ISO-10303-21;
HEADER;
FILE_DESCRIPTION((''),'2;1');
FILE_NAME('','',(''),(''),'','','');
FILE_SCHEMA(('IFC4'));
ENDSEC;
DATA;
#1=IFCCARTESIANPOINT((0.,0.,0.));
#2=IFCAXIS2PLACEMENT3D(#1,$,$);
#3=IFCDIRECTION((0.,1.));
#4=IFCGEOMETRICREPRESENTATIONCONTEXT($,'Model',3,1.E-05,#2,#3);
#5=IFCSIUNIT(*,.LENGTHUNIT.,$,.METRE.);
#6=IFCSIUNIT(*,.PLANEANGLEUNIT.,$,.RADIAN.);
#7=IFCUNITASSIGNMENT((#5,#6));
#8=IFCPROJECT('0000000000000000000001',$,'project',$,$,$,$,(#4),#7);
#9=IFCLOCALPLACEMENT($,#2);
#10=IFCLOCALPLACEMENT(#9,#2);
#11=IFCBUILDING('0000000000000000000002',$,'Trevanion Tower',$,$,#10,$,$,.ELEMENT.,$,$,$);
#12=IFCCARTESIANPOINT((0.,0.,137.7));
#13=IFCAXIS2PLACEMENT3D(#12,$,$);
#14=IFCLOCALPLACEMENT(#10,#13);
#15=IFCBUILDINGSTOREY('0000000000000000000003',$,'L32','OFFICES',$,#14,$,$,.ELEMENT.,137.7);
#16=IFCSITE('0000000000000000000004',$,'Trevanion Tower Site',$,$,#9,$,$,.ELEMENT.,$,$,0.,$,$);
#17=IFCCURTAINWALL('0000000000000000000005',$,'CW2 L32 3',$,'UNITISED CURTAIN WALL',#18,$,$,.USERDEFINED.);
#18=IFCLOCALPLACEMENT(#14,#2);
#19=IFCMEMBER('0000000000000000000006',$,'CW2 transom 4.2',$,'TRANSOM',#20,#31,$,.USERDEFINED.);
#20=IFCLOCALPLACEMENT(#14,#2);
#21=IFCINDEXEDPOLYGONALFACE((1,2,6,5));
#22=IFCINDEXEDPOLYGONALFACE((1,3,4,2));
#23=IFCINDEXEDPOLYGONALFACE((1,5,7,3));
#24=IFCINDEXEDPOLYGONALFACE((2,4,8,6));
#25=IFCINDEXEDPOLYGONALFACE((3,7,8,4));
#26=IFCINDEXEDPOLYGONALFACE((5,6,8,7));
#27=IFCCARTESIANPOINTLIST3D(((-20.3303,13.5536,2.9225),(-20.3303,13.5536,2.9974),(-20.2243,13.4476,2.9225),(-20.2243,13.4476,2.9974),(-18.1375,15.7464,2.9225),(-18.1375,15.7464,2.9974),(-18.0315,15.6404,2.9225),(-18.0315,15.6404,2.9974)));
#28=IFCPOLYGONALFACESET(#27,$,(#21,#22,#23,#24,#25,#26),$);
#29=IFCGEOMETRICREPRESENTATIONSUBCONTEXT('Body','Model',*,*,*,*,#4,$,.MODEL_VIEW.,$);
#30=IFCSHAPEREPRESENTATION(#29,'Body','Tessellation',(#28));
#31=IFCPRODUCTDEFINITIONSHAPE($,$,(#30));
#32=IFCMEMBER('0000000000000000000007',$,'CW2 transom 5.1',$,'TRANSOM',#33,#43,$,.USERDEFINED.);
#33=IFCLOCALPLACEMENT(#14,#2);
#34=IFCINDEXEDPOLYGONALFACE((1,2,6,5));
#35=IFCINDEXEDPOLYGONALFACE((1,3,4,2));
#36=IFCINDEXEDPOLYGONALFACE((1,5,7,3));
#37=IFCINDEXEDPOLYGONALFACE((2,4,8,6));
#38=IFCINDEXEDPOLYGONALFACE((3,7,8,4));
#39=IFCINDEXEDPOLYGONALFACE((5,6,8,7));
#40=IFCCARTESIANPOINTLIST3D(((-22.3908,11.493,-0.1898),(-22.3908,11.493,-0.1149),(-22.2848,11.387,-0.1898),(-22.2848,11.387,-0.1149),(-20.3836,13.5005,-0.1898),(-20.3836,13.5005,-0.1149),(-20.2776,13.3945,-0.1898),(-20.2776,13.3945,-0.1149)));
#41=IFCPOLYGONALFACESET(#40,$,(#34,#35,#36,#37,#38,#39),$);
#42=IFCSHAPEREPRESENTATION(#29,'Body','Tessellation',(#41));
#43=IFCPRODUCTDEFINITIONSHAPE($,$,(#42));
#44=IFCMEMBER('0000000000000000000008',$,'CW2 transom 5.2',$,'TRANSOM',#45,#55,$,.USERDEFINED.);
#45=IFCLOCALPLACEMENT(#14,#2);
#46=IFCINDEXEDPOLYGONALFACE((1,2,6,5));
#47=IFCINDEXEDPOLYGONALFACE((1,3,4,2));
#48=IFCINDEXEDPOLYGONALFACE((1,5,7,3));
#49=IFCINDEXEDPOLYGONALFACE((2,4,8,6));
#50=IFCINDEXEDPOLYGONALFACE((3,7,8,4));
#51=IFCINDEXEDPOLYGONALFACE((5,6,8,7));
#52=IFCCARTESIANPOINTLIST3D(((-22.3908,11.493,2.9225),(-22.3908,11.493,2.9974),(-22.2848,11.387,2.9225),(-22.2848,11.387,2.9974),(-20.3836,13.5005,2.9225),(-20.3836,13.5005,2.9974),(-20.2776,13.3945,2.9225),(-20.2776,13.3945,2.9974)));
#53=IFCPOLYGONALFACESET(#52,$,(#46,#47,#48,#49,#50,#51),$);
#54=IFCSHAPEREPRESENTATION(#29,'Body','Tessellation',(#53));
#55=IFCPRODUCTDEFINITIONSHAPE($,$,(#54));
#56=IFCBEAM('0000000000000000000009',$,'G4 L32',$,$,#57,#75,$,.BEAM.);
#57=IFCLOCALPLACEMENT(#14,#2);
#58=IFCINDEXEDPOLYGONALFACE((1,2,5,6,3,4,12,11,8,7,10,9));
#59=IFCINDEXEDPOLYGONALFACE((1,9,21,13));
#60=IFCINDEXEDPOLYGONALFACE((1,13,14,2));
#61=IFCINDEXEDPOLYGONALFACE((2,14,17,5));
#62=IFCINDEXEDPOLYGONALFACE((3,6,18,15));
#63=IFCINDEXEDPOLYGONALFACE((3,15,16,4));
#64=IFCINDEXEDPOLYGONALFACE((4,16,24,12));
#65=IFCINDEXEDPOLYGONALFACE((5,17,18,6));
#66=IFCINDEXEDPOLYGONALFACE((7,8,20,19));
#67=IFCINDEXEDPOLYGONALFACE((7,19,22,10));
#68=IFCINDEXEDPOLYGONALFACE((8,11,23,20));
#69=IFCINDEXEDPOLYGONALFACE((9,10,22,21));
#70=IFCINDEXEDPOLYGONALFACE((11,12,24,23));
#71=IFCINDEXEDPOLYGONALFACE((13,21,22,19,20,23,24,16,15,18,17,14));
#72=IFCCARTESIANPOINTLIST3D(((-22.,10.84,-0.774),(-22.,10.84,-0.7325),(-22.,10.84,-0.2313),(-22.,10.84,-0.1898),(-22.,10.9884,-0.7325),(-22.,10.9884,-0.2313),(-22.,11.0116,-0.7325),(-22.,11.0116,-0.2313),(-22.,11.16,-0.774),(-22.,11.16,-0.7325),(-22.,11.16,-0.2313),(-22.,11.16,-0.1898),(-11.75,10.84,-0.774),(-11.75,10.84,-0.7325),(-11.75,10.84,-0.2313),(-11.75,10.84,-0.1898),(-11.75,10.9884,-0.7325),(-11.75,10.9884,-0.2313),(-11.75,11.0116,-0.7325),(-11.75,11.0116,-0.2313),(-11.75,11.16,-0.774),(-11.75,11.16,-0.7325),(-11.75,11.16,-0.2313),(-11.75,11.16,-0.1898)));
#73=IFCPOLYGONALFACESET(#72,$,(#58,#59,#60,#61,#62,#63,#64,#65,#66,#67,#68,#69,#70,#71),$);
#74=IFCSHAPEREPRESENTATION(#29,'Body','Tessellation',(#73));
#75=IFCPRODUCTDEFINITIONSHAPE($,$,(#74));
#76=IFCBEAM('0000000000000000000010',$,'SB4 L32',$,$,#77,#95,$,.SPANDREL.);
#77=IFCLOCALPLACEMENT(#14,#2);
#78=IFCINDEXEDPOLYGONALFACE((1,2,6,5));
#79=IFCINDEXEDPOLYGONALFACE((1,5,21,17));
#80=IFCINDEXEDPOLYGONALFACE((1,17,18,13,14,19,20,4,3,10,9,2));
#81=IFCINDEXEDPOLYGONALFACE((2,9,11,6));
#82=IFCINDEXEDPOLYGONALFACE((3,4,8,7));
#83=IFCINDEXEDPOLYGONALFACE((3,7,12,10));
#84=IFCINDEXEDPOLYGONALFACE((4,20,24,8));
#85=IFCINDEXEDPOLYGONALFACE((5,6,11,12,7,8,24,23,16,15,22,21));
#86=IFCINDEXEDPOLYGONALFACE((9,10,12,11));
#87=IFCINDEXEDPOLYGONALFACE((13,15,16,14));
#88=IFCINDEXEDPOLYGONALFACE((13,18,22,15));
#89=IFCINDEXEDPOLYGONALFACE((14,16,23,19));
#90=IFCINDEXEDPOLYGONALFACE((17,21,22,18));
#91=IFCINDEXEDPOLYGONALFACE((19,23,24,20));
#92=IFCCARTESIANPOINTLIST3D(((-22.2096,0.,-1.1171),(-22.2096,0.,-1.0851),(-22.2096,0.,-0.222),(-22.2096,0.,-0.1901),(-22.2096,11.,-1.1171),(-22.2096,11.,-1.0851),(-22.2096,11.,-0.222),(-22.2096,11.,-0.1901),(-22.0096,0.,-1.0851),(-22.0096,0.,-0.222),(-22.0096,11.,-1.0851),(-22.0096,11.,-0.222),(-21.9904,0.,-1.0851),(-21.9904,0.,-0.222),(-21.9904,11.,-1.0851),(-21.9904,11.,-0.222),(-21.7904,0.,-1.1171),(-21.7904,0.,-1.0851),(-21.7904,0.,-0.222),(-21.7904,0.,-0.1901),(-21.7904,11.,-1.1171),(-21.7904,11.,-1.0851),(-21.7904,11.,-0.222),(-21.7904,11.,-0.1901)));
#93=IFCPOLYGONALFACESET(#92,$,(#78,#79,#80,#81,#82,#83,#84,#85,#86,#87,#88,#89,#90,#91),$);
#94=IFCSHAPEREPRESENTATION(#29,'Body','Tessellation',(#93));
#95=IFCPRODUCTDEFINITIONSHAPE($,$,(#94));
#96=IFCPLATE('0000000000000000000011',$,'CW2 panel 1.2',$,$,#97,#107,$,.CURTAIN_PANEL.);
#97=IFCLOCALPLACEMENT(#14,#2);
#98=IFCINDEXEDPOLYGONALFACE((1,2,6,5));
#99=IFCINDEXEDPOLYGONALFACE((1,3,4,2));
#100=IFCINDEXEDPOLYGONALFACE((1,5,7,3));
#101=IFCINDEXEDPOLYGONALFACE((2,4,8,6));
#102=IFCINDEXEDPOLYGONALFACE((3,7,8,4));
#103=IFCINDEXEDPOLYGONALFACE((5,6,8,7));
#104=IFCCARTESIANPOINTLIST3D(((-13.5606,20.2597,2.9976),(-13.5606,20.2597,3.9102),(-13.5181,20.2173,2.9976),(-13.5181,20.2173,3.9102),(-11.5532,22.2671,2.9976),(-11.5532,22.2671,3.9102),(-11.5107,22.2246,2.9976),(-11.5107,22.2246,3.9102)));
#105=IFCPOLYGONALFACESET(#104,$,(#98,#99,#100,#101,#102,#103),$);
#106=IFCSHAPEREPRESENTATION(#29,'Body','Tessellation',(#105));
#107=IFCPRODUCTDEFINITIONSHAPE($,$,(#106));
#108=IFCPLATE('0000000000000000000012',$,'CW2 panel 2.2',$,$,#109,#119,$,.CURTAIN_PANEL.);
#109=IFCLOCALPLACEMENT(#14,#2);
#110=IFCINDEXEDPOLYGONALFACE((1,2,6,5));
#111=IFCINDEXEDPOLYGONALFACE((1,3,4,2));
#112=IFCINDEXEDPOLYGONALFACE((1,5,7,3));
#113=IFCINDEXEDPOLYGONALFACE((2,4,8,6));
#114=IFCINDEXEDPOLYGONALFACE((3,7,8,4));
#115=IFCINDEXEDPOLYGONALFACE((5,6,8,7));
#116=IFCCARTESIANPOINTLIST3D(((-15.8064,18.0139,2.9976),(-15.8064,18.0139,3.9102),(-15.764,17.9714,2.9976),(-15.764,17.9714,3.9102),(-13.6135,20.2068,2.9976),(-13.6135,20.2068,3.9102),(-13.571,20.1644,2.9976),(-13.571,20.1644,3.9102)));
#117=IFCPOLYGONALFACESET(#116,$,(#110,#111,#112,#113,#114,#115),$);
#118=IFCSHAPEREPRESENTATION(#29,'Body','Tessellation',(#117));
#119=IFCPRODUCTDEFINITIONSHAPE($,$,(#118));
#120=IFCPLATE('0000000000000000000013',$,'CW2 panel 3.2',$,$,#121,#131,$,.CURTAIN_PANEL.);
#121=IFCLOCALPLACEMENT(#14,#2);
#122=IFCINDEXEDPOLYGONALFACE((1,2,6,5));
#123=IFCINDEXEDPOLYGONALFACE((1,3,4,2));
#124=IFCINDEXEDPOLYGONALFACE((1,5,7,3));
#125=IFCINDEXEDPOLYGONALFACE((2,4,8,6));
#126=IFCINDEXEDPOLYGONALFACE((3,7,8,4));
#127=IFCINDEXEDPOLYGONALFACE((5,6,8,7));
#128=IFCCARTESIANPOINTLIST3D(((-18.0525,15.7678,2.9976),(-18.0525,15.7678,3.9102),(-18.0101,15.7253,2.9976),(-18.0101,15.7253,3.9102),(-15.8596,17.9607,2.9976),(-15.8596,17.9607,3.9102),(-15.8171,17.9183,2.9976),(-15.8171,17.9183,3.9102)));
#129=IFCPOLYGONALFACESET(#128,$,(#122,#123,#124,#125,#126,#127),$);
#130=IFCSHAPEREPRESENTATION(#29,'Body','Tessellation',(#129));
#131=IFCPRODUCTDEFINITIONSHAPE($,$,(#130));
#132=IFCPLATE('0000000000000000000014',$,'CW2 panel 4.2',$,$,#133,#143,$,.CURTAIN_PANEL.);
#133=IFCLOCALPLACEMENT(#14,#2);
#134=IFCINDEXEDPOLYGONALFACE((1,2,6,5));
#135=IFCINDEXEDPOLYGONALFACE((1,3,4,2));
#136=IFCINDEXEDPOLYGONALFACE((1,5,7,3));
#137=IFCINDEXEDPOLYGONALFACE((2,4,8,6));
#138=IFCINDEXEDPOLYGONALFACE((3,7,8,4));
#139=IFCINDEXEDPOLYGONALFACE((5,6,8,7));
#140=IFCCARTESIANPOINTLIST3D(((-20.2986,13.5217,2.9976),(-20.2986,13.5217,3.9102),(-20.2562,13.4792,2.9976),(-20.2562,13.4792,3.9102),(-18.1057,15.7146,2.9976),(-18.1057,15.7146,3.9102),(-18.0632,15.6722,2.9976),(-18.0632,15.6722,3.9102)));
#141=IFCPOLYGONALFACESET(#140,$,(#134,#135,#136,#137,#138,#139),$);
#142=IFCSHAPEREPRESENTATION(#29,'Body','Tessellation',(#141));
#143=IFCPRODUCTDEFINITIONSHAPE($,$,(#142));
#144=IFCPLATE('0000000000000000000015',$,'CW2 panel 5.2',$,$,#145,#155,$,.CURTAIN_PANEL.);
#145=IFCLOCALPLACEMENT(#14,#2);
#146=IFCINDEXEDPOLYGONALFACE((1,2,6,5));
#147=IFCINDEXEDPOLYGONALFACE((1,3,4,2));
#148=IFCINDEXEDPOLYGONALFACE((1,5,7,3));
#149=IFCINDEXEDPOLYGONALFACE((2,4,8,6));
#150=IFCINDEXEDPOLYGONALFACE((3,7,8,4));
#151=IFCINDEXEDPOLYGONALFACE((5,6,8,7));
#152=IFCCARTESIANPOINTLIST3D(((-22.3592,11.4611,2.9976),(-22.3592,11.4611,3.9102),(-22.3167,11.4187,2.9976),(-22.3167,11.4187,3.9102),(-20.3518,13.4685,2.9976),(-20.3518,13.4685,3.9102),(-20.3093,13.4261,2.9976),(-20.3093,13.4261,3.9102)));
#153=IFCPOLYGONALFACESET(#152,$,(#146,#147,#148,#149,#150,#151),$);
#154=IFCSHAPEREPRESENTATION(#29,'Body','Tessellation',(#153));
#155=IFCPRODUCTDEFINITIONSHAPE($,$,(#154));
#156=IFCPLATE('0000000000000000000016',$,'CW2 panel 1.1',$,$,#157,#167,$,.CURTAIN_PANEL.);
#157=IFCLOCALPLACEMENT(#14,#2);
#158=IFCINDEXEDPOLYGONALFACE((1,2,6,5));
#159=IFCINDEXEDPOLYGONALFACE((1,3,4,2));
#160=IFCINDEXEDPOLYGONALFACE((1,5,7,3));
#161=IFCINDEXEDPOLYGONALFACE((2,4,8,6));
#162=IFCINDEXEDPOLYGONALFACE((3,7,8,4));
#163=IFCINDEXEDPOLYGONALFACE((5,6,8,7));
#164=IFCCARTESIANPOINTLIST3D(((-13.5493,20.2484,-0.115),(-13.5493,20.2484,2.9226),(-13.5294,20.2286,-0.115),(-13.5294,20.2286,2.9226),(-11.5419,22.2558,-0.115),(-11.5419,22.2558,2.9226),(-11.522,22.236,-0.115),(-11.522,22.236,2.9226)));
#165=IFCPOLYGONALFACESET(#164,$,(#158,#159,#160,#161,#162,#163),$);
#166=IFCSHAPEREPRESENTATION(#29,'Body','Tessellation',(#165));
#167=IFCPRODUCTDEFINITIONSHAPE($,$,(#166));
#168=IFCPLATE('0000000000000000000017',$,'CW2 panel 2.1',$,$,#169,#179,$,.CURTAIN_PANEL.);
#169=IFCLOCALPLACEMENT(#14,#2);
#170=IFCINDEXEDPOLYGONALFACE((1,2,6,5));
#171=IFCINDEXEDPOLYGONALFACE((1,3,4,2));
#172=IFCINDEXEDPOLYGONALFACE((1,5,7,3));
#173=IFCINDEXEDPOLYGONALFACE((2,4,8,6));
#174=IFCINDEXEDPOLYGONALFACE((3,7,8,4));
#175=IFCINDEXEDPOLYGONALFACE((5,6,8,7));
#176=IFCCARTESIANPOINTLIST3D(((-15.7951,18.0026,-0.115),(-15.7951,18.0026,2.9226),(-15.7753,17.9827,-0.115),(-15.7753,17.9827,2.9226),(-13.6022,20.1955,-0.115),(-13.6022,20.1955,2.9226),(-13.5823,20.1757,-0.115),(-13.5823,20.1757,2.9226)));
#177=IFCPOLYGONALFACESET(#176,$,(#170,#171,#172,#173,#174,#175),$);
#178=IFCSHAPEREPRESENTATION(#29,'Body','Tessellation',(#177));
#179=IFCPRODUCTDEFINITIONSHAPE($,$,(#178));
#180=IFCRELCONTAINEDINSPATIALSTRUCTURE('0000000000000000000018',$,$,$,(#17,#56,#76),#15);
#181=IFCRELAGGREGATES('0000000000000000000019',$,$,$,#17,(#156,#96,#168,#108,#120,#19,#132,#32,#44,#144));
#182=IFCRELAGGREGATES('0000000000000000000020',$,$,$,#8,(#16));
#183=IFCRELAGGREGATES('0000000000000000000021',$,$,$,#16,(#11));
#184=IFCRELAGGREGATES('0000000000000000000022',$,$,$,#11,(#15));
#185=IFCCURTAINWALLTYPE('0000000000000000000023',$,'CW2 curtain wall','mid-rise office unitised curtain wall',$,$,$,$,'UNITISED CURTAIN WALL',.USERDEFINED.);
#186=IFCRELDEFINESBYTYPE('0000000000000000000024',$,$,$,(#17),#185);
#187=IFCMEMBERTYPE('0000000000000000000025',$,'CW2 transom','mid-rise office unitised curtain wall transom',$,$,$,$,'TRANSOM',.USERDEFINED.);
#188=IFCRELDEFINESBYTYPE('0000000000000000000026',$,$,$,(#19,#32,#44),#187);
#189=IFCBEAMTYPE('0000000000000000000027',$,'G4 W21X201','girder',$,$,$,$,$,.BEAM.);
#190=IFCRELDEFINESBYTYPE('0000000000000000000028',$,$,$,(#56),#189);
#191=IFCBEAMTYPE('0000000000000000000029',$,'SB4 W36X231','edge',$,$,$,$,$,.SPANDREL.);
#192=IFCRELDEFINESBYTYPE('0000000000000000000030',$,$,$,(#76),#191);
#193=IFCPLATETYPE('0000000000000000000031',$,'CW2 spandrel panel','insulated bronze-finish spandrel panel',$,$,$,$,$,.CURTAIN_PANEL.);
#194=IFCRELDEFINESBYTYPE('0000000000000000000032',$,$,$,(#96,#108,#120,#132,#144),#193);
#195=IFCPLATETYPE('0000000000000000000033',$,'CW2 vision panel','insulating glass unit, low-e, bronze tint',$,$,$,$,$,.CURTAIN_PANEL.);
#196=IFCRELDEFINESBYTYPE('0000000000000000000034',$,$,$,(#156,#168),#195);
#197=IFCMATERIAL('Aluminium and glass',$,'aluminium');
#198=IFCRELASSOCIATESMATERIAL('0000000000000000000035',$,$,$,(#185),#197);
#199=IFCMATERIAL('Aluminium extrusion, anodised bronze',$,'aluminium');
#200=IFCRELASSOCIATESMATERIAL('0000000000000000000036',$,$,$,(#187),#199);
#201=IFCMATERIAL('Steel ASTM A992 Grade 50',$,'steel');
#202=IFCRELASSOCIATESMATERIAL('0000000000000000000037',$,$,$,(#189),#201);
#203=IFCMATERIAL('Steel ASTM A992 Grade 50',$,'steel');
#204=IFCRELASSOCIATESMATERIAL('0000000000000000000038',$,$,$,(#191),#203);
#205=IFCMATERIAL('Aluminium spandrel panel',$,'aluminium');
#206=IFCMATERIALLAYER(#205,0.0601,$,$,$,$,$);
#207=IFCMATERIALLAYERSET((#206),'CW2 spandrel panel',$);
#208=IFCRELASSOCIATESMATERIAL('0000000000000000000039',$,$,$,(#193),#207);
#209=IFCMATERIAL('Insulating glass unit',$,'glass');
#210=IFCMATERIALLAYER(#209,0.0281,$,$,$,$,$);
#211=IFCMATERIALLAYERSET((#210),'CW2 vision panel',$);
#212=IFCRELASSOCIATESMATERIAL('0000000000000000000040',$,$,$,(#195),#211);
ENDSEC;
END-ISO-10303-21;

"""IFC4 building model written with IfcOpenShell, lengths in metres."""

from ifc_helpers import new_model, si_unit, direction, frame, origin, origin_2d, place, context, subcontext, project, spatial, rectangle, i_section, extrude, material, layer, layer_set, material_profile, profile_set, type_object, element, aggregate, save


model = new_model("IFC4")

# Units and contexts
model_context = context("Model", 3, precision=1e-05, world=origin(), true_north=direction((0.0, 1.0)))
body_context = subcontext(model_context, "Body", "Model", "MODEL_VIEW")
ifc_project = project(units=[si_unit("LENGTHUNIT", "METRE"), si_unit("PLANEANGLEUNIT", "RADIAN")], contexts=[model_context])

# Site, building, storey
site_placement = place(None, origin())
site = spatial("IfcSite", under=ifc_project, at=site_placement, Name="Trevanion Tower Site", CompositionType="ELEMENT", RefElevation=0.0)
building_placement = place(site_placement, origin())
building = spatial("IfcBuilding", under=site, at=building_placement, Name="Trevanion Tower", CompositionType="ELEMENT")
storey_placement = place(building_placement, frame((0.0, 0.0, 137.7)))
storey = spatial("IfcBuildingStorey", under=building, at=storey_placement, Name="L32", Description="OFFICES", CompositionType="ELEMENT", Elevation=137.7)

# Curtain wall, members
ifc_material_1 = material(Name="Aluminium and glass", Category="aluminium")
curtain_wall_type = type_object("IfcCurtainWallType", Name="CW2 curtain wall", Description="mid-rise office unitised curtain wall", ElementType="UNITISED CURTAIN WALL", PredefinedType="USERDEFINED", material=ifc_material_1)
curtain_wall_placement = place(storey_placement, origin())
curtain_wall = element("IfcCurtainWall", 1, at=curtain_wall_placement, inside=storey, type_object=curtain_wall_type, Name="CW2 L32 3", ObjectType="UNITISED CURTAIN WALL", PredefinedType="USERDEFINED")
ifc_material_2 = material(Name="Aluminium extrusion, anodised bronze", Category="aluminium")
ifc_material_profile_1 = material_profile(ifc_material_2, rectangle(XDim=0.1499, YDim=0.075, at=origin_2d()), Name="CW2 transom")
ifc_profile_set_1 = profile_set([ifc_material_profile_1], Name="Aluminium extrusion, anodised bronze")
member_type_1 = type_object("IfcMemberType", Name="CW2 transom", Description="mid-rise office unitised curtain wall transom", ElementType="TRANSOM", PredefinedType="USERDEFINED", material=ifc_profile_set_1)
member_1_placement = place(storey_placement, frame((-18.0845, 15.6934, 2.96), z_axis=(-0.707107, -0.707107, 0.0), x_axis=(0.707107, -0.707107, 0.0)))
member_1 = element("IfcMember", 2, at=member_1_placement, type_object=member_type_1, Name="CW2 transom 4.2", ObjectType="TRANSOM", PredefinedType="USERDEFINED", context=body_context, shape_type="SweptSolid", body=[
    extrude(rectangle(XDim=0.1499, YDim=0.075, at=origin_2d()), origin(), (0.0, 0.0, 1.0), 3.1011),
])
member_2_placement = place(storey_placement, frame((-20.3306, 13.4475, -0.1523), z_axis=(-0.707064, -0.70715, 0.0), x_axis=(0.70715, -0.707064, 0.0)))
member_2 = element("IfcMember", 3, at=member_2_placement, type_object=member_type_1, Name="CW2 transom 5.1", ObjectType="TRANSOM", PredefinedType="USERDEFINED", context=body_context, shape_type="SweptSolid", body=[
    extrude(rectangle(XDim=0.1499, YDim=0.075, at=origin_2d()), origin(), (0.0, 0.0, 1.0), 2.8389),
])
member_3_placement = place(storey_placement, frame((-20.3306, 13.4475, 2.96), z_axis=(-0.707064, -0.70715, 0.0), x_axis=(0.70715, -0.707064, 0.0)))
member_3 = element("IfcMember", 4, at=member_3_placement, type_object=member_type_1, Name="CW2 transom 5.2", ObjectType="TRANSOM", PredefinedType="USERDEFINED", context=body_context, shape_type="SweptSolid", body=[
    extrude(rectangle(XDim=0.1499, YDim=0.075, at=origin_2d()), origin(), (0.0, 0.0, 1.0), 2.8389),
])

# Beams
ifc_material_3 = material(Name="Steel ASTM A992 Grade 50", Category="steel")
ifc_material_profile_2 = material_profile(ifc_material_3, i_section(OverallWidth=0.3201, OverallDepth=0.5842, WebThickness=0.0232, FlangeThickness=0.0415, at=origin_2d()), Name="W21X201")
ifc_profile_set_2 = profile_set([ifc_material_profile_2], Name="Steel ASTM A992 Grade 50")
beam_type_1 = type_object("IfcBeamType", Name="G4 W21X201", Description="girder", PredefinedType="BEAM", material=ifc_profile_set_2)
beam_1_placement = place(storey_placement, frame((-11.75, 11.0, -0.4819), z_axis=(-1.0, 0.0, 0.0), x_axis=(0.0, -1.0, 0.0)))
element("IfcBeam", 5, at=beam_1_placement, inside=storey, type_object=beam_type_1, Name="G4 L32", PredefinedType="BEAM", context=body_context, shape_type="SweptSolid", body=[
    extrude(i_section(OverallWidth=0.3201, OverallDepth=0.5842, WebThickness=0.0232, FlangeThickness=0.0415, at=origin_2d()), origin(), (0.0, 0.0, 1.0), 10.25),
])
ifc_material_4 = material(Name="Steel ASTM A992 Grade 50", Category="steel")
ifc_material_profile_3 = material_profile(ifc_material_4, i_section(OverallWidth=0.4192, OverallDepth=0.927, WebThickness=0.0193, FlangeThickness=0.032, at=origin_2d()), Name="W36X231")
ifc_profile_set_3 = profile_set([ifc_material_profile_3], Name="Steel ASTM A992 Grade 50")
beam_type_2 = type_object("IfcBeamType", Name="SB4 W36X231", Description="edge", PredefinedType="SPANDREL", material=ifc_profile_set_3)
beam_2_placement = place(storey_placement, frame((-22.0, 11.0, -0.6536), z_axis=(0.0, -1.0, 0.0), x_axis=(1.0, 0.0, 0.0)))
element("IfcBeam", 6, at=beam_2_placement, inside=storey, type_object=beam_type_2, Name="SB4 L32", PredefinedType="SPANDREL", context=body_context, shape_type="SweptSolid", body=[
    extrude(i_section(OverallWidth=0.4192, OverallDepth=0.927, WebThickness=0.0193, FlangeThickness=0.032, at=origin_2d()), origin(), (0.0, 0.0, 1.0), 11.0),
])

# Plates
ifc_material_5 = material(Name="Aluminium spandrel panel", Category="aluminium")
ifc_layer_1 = layer(ifc_material_5, 0.0601)
ifc_layer_set_1 = layer_set([ifc_layer_1], Name="CW2 spandrel panel")
plate_type_1 = type_object("IfcPlateType", Name="CW2 spandrel panel", Description="insulated bronze-finish spandrel panel", PredefinedType="CURTAIN_PANEL", material=ifc_layer_set_1)
plate_1_placement = place(storey_placement, frame((-12.5356, 21.2422, 2.9976), z_axis=(0.0, 0.0, 1.0), x_axis=(-0.707107, -0.707107, 0.0)))
plate_1 = element("IfcPlate", 7, at=plate_1_placement, type_object=plate_type_1, Name="CW2 panel 1.2", PredefinedType="CURTAIN_PANEL", context=body_context, shape_type="SweptSolid", body=[
    extrude(rectangle(XDim=2.8389, YDim=0.0601, at=origin_2d()), origin(), (0.0, 0.0, 1.0), 0.9126),
])
plate_2_placement = place(storey_placement, frame((-14.6887, 19.0891, 2.9976), z_axis=(0.0, 0.0, 1.0), x_axis=(-0.707107, -0.707107, 0.0)))
plate_2 = element("IfcPlate", 8, at=plate_2_placement, type_object=plate_type_1, Name="CW2 panel 2.2", PredefinedType="CURTAIN_PANEL", context=body_context, shape_type="SweptSolid", body=[
    extrude(rectangle(XDim=3.1013, YDim=0.0601, at=origin_2d()), origin(), (0.0, 0.0, 1.0), 0.9126),
])
plate_3_placement = place(storey_placement, frame((-16.9348, 16.843, 2.9976), z_axis=(0.0, 0.0, 1.0), x_axis=(-0.707107, -0.707107, 0.0)))
plate_3 = element("IfcPlate", 9, at=plate_3_placement, type_object=plate_type_1, Name="CW2 panel 3.2", PredefinedType="CURTAIN_PANEL", context=body_context, shape_type="SweptSolid", body=[
    extrude(rectangle(XDim=3.1013, YDim=0.0601, at=origin_2d()), origin(), (0.0, 0.0, 1.0), 0.9126),
])
plate_4_placement = place(storey_placement, frame((-19.1809, 14.5969, 2.9976), z_axis=(0.0, 0.0, 1.0), x_axis=(-0.707107, -0.707107, 0.0)))
plate_4 = element("IfcPlate", 10, at=plate_4_placement, type_object=plate_type_1, Name="CW2 panel 4.2", PredefinedType="CURTAIN_PANEL", context=body_context, shape_type="SweptSolid", body=[
    extrude(rectangle(XDim=3.1013, YDim=0.0601, at=origin_2d()), origin(), (0.0, 0.0, 1.0), 0.9126),
])
plate_5_placement = place(storey_placement, frame((-21.3342, 12.4436, 2.9976), z_axis=(0.0, 0.0, 1.0), x_axis=(-0.707107, -0.707107, 0.0)))
plate_5 = element("IfcPlate", 11, at=plate_5_placement, type_object=plate_type_1, Name="CW2 panel 5.2", PredefinedType="CURTAIN_PANEL", context=body_context, shape_type="SweptSolid", body=[
    extrude(rectangle(XDim=2.8389, YDim=0.0601, at=origin_2d()), origin(), (0.0, 0.0, 1.0), 0.9126),
])
ifc_material_6 = material(Name="Insulating glass unit", Category="glass")
ifc_layer_2 = layer(ifc_material_6, 0.0281)
ifc_layer_set_2 = layer_set([ifc_layer_2], Name="CW2 vision panel")
plate_type_2 = type_object("IfcPlateType", Name="CW2 vision panel", Description="insulating glass unit, low-e, bronze tint", PredefinedType="CURTAIN_PANEL", material=ifc_layer_set_2)
plate_6_placement = place(storey_placement, frame((-12.5356, 21.2422, -0.115), z_axis=(0.0, 0.0, 1.0), x_axis=(-0.707107, -0.707107, 0.0)))
plate_6 = element("IfcPlate", 12, at=plate_6_placement, type_object=plate_type_2, Name="CW2 panel 1.1", PredefinedType="CURTAIN_PANEL", context=body_context, shape_type="SweptSolid", body=[
    extrude(rectangle(XDim=2.8389, YDim=0.0281, at=origin_2d()), origin(), (0.0, 0.0, 1.0), 3.0376),
])
plate_7_placement = place(storey_placement, frame((-14.6887, 19.0891, -0.115), z_axis=(0.0, 0.0, 1.0), x_axis=(-0.707107, -0.707107, 0.0)))
plate_7 = element("IfcPlate", 13, at=plate_7_placement, type_object=plate_type_2, Name="CW2 panel 2.1", PredefinedType="CURTAIN_PANEL", context=body_context, shape_type="SweptSolid", body=[
    extrude(rectangle(XDim=3.1013, YDim=0.0281, at=origin_2d()), origin(), (0.0, 0.0, 1.0), 3.0376),
])
aggregate(curtain_wall, [plate_6, plate_1, plate_7, plate_2, plate_3, member_1, plate_4, member_2, member_3, plate_5])

save(model, "model.ifc")
